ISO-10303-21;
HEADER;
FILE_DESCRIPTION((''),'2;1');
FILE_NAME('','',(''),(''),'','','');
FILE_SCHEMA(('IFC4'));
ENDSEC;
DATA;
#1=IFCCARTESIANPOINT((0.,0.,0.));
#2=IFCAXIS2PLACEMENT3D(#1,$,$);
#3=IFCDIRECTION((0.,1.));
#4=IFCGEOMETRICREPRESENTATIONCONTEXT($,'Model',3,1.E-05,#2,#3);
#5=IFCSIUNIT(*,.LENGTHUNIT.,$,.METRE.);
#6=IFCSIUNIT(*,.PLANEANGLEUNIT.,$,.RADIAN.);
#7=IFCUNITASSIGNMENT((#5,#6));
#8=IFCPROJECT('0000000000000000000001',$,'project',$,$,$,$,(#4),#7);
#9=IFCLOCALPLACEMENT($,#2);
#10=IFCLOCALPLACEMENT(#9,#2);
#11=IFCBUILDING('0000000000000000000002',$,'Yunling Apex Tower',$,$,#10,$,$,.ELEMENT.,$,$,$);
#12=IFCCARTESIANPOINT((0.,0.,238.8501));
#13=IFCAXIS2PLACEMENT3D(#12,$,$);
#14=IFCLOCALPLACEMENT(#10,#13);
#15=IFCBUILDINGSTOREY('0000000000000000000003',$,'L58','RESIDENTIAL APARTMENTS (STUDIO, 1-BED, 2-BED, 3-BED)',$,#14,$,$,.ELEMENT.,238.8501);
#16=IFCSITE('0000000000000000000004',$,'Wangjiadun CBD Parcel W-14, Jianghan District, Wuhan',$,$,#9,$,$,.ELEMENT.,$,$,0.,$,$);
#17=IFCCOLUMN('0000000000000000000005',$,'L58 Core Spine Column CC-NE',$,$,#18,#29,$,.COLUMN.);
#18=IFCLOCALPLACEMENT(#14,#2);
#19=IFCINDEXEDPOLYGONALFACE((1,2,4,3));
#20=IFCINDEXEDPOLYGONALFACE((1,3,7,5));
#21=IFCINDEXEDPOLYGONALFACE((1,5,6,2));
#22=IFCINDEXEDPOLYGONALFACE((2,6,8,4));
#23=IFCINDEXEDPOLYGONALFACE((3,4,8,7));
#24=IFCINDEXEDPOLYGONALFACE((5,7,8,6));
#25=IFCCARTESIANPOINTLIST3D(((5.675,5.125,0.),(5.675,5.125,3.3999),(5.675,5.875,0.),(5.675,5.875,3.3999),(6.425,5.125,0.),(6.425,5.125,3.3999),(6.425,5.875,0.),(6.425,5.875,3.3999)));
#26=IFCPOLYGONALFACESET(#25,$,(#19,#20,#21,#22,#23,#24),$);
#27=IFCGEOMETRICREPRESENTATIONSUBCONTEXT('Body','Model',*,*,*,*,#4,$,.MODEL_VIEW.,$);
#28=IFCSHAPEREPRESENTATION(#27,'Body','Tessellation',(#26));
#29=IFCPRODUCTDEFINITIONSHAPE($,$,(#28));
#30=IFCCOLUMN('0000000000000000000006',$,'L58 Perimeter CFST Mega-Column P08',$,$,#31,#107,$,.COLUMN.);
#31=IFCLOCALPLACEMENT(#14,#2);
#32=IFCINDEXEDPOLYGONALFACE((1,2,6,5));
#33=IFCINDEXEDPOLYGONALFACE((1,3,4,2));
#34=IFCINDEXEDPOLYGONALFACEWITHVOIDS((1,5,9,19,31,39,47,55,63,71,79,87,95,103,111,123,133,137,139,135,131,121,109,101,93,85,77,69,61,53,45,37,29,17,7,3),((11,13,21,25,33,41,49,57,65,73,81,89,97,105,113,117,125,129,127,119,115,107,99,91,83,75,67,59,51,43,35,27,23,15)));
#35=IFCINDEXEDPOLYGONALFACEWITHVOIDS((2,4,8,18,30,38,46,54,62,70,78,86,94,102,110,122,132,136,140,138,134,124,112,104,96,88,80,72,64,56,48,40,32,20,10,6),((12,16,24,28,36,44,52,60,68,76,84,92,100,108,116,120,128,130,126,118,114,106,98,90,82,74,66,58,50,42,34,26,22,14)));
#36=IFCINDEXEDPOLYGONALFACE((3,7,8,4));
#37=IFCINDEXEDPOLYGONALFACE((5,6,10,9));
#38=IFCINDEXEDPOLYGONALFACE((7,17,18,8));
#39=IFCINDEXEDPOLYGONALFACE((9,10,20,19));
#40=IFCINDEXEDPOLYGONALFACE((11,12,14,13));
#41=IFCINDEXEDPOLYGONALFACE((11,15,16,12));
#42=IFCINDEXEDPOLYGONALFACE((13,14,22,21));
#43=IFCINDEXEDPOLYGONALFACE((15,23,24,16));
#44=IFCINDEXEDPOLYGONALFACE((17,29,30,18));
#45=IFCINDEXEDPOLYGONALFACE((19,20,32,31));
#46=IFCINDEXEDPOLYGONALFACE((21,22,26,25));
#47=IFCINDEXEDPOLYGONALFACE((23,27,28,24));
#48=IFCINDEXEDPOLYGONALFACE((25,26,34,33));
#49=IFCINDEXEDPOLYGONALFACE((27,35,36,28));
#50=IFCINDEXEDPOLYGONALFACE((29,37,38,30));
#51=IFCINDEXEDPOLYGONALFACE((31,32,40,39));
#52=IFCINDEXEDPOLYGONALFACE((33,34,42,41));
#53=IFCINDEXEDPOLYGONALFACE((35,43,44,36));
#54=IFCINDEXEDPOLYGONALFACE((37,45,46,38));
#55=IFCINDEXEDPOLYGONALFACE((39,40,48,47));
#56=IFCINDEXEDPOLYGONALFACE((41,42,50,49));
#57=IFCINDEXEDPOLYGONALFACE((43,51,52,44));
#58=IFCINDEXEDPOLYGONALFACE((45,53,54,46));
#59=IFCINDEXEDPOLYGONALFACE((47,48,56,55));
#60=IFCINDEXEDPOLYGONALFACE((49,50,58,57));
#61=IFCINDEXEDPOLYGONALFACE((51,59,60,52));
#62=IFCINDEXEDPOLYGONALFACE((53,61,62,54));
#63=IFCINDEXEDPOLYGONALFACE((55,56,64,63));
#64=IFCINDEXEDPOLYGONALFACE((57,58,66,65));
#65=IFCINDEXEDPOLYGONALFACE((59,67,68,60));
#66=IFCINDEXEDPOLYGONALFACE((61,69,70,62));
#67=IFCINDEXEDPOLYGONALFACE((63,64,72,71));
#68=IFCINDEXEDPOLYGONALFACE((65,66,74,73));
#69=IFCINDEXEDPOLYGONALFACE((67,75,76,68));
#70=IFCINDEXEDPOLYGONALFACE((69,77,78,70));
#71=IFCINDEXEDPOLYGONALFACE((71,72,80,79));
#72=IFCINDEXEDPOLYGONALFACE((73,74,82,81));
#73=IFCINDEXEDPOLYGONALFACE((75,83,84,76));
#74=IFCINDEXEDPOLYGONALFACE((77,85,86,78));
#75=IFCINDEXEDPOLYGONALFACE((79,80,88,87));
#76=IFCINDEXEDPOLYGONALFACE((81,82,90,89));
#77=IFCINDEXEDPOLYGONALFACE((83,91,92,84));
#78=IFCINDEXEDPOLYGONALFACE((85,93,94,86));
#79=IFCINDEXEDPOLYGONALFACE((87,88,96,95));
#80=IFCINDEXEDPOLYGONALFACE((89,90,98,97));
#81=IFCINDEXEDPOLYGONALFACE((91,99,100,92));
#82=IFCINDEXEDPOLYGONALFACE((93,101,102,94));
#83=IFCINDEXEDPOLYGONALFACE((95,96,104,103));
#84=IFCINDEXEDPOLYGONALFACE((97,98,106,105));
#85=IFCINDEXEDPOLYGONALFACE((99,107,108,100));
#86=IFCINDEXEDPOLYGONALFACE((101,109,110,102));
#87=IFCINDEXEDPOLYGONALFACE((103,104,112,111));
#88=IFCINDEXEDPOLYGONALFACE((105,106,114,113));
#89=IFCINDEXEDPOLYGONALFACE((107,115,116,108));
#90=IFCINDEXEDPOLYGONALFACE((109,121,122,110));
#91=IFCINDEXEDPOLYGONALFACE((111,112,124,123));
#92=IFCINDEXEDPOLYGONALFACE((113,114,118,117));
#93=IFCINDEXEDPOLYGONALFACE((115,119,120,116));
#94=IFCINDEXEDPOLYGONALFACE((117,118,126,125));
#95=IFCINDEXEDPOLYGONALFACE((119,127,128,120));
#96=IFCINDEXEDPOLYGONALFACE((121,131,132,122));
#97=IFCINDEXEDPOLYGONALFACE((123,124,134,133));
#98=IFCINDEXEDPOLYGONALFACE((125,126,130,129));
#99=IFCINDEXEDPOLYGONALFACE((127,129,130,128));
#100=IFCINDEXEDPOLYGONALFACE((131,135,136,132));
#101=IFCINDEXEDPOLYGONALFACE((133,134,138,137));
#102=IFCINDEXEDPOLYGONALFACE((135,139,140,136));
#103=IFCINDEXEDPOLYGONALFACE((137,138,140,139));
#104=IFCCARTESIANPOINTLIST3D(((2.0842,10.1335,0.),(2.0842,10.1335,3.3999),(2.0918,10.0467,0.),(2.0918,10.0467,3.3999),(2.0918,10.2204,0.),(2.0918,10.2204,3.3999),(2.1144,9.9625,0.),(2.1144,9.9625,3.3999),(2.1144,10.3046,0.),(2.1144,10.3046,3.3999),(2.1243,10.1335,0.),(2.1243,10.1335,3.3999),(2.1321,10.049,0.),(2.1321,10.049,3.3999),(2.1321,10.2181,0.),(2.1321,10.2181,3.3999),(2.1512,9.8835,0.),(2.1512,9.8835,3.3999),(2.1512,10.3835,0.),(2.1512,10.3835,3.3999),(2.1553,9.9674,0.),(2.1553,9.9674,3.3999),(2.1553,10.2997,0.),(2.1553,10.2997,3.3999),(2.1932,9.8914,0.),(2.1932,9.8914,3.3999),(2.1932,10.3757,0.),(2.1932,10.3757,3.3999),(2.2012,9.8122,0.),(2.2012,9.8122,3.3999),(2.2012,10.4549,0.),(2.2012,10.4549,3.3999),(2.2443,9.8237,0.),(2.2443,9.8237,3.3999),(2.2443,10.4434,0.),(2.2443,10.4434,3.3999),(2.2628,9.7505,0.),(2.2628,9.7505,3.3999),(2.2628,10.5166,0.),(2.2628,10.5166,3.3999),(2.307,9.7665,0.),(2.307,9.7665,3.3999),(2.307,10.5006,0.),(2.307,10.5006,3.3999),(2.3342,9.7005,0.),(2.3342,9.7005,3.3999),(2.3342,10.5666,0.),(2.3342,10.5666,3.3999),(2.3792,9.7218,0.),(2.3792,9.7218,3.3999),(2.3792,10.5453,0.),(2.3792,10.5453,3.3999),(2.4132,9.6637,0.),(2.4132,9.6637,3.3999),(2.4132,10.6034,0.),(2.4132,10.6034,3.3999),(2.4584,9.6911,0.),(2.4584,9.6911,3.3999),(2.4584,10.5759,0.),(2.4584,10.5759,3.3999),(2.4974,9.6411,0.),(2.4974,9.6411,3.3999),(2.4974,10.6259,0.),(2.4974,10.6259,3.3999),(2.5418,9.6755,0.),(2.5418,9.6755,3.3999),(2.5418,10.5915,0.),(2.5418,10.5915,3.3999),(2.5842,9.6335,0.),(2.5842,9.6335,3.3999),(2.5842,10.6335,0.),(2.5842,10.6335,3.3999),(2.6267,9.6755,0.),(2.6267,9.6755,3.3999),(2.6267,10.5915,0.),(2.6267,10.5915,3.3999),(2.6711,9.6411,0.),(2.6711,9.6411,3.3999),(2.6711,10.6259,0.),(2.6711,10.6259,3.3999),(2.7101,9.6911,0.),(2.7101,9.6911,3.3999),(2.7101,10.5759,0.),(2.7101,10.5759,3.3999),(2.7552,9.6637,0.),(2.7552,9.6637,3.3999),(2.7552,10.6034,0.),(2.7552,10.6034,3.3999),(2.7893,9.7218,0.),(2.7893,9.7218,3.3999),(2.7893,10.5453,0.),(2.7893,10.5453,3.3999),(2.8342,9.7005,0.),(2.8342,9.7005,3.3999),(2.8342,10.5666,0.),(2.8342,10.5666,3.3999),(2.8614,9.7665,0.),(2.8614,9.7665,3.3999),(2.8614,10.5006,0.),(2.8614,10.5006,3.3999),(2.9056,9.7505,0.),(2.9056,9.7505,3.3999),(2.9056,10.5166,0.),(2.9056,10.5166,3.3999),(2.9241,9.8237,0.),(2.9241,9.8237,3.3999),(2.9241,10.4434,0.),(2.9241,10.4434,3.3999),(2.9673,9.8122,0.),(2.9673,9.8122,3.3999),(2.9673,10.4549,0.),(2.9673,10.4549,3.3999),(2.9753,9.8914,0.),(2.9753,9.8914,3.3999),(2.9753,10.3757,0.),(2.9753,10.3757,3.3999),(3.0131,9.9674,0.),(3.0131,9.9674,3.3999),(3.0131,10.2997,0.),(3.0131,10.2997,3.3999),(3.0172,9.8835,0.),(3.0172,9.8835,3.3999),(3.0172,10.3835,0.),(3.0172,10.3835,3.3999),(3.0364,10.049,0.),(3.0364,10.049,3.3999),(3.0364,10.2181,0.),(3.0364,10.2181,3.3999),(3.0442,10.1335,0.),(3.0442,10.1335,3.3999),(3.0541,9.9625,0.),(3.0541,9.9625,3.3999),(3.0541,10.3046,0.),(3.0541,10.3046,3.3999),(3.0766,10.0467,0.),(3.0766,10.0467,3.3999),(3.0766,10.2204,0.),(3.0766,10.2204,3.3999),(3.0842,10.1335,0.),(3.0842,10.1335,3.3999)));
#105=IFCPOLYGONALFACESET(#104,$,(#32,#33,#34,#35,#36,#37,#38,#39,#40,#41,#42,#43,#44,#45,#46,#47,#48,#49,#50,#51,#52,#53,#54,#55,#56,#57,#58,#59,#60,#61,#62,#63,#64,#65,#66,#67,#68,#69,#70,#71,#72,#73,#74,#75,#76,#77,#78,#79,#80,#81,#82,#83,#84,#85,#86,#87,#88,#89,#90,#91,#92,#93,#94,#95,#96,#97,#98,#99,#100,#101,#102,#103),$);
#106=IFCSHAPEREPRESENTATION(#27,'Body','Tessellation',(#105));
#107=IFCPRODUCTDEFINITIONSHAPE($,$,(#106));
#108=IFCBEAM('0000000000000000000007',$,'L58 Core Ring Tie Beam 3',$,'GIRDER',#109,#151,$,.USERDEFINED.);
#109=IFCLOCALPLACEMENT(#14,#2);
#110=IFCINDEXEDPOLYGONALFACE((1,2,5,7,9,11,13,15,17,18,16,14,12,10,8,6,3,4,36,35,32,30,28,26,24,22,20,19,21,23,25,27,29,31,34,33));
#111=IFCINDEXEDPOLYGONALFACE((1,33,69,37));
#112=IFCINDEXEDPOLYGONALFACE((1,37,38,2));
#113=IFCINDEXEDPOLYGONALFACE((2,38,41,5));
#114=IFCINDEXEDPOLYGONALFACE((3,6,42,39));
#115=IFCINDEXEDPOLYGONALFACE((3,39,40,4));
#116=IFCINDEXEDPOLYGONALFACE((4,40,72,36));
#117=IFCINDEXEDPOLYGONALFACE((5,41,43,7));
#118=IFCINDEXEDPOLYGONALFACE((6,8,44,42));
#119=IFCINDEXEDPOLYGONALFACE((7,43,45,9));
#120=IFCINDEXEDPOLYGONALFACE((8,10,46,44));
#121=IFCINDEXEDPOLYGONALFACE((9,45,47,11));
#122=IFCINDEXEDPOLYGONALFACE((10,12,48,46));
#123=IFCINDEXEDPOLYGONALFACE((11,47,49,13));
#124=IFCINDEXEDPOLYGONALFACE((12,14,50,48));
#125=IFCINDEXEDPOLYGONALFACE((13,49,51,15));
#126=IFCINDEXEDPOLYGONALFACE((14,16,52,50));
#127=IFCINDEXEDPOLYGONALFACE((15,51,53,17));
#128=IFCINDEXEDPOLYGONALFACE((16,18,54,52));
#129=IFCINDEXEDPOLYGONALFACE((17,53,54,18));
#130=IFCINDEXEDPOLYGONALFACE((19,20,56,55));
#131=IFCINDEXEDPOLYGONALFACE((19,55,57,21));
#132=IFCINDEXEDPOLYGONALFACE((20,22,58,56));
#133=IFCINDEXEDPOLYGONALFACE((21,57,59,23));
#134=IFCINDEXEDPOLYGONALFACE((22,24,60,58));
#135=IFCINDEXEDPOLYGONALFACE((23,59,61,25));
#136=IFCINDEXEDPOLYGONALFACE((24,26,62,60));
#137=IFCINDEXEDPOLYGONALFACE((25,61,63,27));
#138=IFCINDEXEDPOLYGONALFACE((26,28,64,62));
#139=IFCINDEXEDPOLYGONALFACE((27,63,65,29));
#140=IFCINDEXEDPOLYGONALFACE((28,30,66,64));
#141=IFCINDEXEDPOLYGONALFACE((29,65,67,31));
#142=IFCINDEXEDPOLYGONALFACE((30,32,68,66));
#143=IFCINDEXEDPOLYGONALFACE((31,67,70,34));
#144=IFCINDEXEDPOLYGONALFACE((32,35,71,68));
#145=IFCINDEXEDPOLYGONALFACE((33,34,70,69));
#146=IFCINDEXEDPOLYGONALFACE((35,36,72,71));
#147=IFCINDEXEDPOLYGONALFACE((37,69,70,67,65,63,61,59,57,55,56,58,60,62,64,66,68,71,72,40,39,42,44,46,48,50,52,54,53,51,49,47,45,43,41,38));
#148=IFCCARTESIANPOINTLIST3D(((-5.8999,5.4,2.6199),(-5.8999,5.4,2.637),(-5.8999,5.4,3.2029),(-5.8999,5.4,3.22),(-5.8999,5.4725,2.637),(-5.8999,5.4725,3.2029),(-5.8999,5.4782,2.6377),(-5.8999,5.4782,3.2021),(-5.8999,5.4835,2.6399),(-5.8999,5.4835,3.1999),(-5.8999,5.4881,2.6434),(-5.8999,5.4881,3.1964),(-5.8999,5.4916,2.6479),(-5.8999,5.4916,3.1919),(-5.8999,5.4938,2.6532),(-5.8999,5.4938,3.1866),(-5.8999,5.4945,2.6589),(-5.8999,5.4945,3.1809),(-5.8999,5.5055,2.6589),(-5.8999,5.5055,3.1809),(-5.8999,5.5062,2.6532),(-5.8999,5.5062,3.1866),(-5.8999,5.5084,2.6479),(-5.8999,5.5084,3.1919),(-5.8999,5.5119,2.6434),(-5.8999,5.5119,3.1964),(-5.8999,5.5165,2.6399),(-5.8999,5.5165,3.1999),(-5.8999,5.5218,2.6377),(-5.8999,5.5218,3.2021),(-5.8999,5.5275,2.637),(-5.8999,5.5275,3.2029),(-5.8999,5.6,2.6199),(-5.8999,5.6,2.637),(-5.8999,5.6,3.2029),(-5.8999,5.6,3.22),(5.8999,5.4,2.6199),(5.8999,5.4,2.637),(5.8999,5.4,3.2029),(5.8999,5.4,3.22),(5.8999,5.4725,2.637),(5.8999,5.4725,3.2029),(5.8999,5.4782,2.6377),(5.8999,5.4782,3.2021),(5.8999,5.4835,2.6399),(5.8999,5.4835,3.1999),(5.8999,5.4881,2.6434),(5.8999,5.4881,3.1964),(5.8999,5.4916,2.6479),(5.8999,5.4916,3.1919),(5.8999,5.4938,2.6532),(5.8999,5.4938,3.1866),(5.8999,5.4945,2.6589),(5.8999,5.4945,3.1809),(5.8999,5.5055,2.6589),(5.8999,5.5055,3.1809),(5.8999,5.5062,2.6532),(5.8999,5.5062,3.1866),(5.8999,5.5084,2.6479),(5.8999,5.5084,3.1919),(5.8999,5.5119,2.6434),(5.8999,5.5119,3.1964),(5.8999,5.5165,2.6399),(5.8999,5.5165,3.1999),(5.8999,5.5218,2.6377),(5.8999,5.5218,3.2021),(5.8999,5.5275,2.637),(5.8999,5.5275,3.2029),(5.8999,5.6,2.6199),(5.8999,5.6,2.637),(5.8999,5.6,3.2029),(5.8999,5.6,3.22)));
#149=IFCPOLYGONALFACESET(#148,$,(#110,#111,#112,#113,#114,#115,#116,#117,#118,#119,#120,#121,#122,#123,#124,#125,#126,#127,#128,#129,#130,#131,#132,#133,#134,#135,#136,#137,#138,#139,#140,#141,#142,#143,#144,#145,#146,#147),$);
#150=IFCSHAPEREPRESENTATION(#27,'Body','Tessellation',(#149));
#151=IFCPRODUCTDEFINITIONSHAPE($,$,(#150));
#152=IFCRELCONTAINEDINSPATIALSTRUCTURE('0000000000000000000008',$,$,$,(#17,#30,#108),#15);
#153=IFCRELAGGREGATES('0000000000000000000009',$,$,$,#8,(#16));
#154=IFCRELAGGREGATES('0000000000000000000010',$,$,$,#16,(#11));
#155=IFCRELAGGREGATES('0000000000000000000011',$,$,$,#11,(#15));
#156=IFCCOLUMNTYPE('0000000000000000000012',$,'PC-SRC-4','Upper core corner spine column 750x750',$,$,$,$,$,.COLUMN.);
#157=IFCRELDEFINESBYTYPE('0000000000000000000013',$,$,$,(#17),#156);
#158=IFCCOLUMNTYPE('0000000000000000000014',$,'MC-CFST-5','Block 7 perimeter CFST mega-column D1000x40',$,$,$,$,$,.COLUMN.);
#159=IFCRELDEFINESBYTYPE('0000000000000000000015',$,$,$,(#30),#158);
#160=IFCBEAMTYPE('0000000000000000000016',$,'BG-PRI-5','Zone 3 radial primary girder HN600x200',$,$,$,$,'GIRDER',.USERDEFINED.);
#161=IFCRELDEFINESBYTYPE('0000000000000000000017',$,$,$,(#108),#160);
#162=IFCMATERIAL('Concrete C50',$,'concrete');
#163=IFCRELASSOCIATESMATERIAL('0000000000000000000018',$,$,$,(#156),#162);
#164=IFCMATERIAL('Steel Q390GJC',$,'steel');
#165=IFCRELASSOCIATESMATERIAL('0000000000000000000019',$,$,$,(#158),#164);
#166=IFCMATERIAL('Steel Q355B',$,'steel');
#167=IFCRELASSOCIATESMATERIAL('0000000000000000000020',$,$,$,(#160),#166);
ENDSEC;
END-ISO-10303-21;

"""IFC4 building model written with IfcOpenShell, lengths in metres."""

from ifc_helpers import new_model, si_unit, direction, frame, origin, origin_2d, place, context, subcontext, project, spatial, rectangle, hollow_circle, i_section, extrude, source, transform, mapped, material, material_profile, profile_set, type_object, element, save


model = new_model("IFC4")

# Units and contexts
model_context = context("Model", 3, precision=1e-05, world=origin(), true_north=direction((0.0, 1.0)))
body_context = subcontext(model_context, "Body", "Model", "MODEL_VIEW")
ifc_project = project(units=[si_unit("LENGTHUNIT", "METRE"), si_unit("PLANEANGLEUNIT", "RADIAN")], contexts=[model_context])

# Site, building, storey
site_placement = place(None, origin())
site = spatial("IfcSite", under=ifc_project, at=site_placement, Name="Wangjiadun CBD Parcel W-14, Jianghan District, Wuhan", CompositionType="ELEMENT", RefElevation=0.0)
building_placement = place(site_placement, origin())
building = spatial("IfcBuilding", under=site, at=building_placement, Name="Yunling Apex Tower", CompositionType="ELEMENT")
storey_placement = place(building_placement, frame((0.0, 0.0, 238.8501)))
storey = spatial("IfcBuildingStorey", under=building, at=storey_placement, Name="L58", Description="RESIDENTIAL APARTMENTS (STUDIO, 1-BED, 2-BED, 3-BED)", CompositionType="ELEMENT", Elevation=238.8501)

# Columns
ifc_material_1 = material(Name="Concrete C50", Category="concrete")
ifc_material_profile_1 = material_profile(ifc_material_1, rectangle(XDim=0.75, YDim=0.75, at=origin_2d()))
ifc_profile_set_1 = profile_set([ifc_material_profile_1], Name="Concrete C50")
column_type_1 = type_object("IfcColumnType", Name="PC-SRC-4", Description="Upper core corner spine column 750x750", PredefinedType="COLUMN", material=ifc_profile_set_1)
shared_shape_1 = source(origin(), body_context, "Body", "SweptSolid", [
    extrude(rectangle(XDim=0.75, YDim=0.75, at=origin_2d()), origin(), (0.0, 0.0, 1.0), 3.3999),
])
column_1_placement = place(storey_placement, frame((6.05, 5.5, 0.0), z_axis=(0.0, 0.0, 1.0), x_axis=(1.0, 0.0, 0.0)))
element("IfcColumn", 1, at=column_1_placement, inside=storey, type_object=column_type_1, Name="L58 Core Spine Column CC-NE", PredefinedType="COLUMN", context=body_context, shape_type="MappedRepresentation", body=[
    mapped(shared_shape_1, transform((0.0, 0.0, 0.0), scale=1.0)),
])
ifc_material_2 = material(Name="Steel Q390GJC", Category="steel")
ifc_material_profile_2 = material_profile(ifc_material_2, hollow_circle(Radius=0.5, WallThickness=0.04, at=origin_2d()))
ifc_profile_set_2 = profile_set([ifc_material_profile_2], Name="Steel Q390GJC")
column_type_2 = type_object("IfcColumnType", Name="MC-CFST-5", Description="Block 7 perimeter CFST mega-column D1000x40", PredefinedType="COLUMN", material=ifc_profile_set_2)
shared_shape_2 = source(origin(), body_context, "Body", "SweptSolid", [
    extrude(hollow_circle(Radius=0.5, WallThickness=0.04, at=origin_2d()), origin(), (0.0, 0.0, 1.0), 3.3999),
])
column_2_placement = place(storey_placement, frame((2.5842, 10.1335, 0.0), z_axis=(0.0, 0.0, 1.0), x_axis=(1.0, 0.0, 0.0)))
element("IfcColumn", 2, at=column_2_placement, inside=storey, type_object=column_type_2, Name="L58 Perimeter CFST Mega-Column P08", PredefinedType="COLUMN", context=body_context, shape_type="MappedRepresentation", body=[
    mapped(shared_shape_2, transform((0.0, 0.0, 0.0), scale=1.0)),
])

# Beam
ifc_material_3 = material(Name="Steel Q355B", Category="steel")
ifc_material_profile_3 = material_profile(ifc_material_3, i_section(OverallWidth=0.2, OverallDepth=0.6001, WebThickness=0.011, FlangeThickness=0.0171, FilletRadius=0.022, at=origin_2d()))
ifc_profile_set_3 = profile_set([ifc_material_profile_3], Name="Steel Q355B")
beam_type_1 = type_object("IfcBeamType", Name="BG-PRI-5", Description="Zone 3 radial primary girder HN600x200", ElementType="GIRDER", PredefinedType="USERDEFINED", material=ifc_profile_set_3)
shared_shape_3 = source(origin(), body_context, "Body", "SweptSolid", [
    extrude(i_section(OverallWidth=0.2, OverallDepth=0.6001, WebThickness=0.011, FlangeThickness=0.0171, FilletRadius=0.022, at=origin_2d()), origin(), (0.0, 0.0, 1.0), 11.7998),
])
beam_1_placement = place(storey_placement, frame((5.8999, 5.5, 2.9199), z_axis=(-1.0, 0.0, 0.0), x_axis=(0.0, -1.0, 0.0)))
element("IfcBeam", 3, at=beam_1_placement, inside=storey, type_object=beam_type_1, Name="L58 Core Ring Tie Beam 3", ObjectType="GIRDER", PredefinedType="USERDEFINED", context=body_context, shape_type="MappedRepresentation", body=[
    mapped(shared_shape_3, transform((0.0, 0.0, 0.0), scale=1.0)),
])

save(model, "model.ifc")
